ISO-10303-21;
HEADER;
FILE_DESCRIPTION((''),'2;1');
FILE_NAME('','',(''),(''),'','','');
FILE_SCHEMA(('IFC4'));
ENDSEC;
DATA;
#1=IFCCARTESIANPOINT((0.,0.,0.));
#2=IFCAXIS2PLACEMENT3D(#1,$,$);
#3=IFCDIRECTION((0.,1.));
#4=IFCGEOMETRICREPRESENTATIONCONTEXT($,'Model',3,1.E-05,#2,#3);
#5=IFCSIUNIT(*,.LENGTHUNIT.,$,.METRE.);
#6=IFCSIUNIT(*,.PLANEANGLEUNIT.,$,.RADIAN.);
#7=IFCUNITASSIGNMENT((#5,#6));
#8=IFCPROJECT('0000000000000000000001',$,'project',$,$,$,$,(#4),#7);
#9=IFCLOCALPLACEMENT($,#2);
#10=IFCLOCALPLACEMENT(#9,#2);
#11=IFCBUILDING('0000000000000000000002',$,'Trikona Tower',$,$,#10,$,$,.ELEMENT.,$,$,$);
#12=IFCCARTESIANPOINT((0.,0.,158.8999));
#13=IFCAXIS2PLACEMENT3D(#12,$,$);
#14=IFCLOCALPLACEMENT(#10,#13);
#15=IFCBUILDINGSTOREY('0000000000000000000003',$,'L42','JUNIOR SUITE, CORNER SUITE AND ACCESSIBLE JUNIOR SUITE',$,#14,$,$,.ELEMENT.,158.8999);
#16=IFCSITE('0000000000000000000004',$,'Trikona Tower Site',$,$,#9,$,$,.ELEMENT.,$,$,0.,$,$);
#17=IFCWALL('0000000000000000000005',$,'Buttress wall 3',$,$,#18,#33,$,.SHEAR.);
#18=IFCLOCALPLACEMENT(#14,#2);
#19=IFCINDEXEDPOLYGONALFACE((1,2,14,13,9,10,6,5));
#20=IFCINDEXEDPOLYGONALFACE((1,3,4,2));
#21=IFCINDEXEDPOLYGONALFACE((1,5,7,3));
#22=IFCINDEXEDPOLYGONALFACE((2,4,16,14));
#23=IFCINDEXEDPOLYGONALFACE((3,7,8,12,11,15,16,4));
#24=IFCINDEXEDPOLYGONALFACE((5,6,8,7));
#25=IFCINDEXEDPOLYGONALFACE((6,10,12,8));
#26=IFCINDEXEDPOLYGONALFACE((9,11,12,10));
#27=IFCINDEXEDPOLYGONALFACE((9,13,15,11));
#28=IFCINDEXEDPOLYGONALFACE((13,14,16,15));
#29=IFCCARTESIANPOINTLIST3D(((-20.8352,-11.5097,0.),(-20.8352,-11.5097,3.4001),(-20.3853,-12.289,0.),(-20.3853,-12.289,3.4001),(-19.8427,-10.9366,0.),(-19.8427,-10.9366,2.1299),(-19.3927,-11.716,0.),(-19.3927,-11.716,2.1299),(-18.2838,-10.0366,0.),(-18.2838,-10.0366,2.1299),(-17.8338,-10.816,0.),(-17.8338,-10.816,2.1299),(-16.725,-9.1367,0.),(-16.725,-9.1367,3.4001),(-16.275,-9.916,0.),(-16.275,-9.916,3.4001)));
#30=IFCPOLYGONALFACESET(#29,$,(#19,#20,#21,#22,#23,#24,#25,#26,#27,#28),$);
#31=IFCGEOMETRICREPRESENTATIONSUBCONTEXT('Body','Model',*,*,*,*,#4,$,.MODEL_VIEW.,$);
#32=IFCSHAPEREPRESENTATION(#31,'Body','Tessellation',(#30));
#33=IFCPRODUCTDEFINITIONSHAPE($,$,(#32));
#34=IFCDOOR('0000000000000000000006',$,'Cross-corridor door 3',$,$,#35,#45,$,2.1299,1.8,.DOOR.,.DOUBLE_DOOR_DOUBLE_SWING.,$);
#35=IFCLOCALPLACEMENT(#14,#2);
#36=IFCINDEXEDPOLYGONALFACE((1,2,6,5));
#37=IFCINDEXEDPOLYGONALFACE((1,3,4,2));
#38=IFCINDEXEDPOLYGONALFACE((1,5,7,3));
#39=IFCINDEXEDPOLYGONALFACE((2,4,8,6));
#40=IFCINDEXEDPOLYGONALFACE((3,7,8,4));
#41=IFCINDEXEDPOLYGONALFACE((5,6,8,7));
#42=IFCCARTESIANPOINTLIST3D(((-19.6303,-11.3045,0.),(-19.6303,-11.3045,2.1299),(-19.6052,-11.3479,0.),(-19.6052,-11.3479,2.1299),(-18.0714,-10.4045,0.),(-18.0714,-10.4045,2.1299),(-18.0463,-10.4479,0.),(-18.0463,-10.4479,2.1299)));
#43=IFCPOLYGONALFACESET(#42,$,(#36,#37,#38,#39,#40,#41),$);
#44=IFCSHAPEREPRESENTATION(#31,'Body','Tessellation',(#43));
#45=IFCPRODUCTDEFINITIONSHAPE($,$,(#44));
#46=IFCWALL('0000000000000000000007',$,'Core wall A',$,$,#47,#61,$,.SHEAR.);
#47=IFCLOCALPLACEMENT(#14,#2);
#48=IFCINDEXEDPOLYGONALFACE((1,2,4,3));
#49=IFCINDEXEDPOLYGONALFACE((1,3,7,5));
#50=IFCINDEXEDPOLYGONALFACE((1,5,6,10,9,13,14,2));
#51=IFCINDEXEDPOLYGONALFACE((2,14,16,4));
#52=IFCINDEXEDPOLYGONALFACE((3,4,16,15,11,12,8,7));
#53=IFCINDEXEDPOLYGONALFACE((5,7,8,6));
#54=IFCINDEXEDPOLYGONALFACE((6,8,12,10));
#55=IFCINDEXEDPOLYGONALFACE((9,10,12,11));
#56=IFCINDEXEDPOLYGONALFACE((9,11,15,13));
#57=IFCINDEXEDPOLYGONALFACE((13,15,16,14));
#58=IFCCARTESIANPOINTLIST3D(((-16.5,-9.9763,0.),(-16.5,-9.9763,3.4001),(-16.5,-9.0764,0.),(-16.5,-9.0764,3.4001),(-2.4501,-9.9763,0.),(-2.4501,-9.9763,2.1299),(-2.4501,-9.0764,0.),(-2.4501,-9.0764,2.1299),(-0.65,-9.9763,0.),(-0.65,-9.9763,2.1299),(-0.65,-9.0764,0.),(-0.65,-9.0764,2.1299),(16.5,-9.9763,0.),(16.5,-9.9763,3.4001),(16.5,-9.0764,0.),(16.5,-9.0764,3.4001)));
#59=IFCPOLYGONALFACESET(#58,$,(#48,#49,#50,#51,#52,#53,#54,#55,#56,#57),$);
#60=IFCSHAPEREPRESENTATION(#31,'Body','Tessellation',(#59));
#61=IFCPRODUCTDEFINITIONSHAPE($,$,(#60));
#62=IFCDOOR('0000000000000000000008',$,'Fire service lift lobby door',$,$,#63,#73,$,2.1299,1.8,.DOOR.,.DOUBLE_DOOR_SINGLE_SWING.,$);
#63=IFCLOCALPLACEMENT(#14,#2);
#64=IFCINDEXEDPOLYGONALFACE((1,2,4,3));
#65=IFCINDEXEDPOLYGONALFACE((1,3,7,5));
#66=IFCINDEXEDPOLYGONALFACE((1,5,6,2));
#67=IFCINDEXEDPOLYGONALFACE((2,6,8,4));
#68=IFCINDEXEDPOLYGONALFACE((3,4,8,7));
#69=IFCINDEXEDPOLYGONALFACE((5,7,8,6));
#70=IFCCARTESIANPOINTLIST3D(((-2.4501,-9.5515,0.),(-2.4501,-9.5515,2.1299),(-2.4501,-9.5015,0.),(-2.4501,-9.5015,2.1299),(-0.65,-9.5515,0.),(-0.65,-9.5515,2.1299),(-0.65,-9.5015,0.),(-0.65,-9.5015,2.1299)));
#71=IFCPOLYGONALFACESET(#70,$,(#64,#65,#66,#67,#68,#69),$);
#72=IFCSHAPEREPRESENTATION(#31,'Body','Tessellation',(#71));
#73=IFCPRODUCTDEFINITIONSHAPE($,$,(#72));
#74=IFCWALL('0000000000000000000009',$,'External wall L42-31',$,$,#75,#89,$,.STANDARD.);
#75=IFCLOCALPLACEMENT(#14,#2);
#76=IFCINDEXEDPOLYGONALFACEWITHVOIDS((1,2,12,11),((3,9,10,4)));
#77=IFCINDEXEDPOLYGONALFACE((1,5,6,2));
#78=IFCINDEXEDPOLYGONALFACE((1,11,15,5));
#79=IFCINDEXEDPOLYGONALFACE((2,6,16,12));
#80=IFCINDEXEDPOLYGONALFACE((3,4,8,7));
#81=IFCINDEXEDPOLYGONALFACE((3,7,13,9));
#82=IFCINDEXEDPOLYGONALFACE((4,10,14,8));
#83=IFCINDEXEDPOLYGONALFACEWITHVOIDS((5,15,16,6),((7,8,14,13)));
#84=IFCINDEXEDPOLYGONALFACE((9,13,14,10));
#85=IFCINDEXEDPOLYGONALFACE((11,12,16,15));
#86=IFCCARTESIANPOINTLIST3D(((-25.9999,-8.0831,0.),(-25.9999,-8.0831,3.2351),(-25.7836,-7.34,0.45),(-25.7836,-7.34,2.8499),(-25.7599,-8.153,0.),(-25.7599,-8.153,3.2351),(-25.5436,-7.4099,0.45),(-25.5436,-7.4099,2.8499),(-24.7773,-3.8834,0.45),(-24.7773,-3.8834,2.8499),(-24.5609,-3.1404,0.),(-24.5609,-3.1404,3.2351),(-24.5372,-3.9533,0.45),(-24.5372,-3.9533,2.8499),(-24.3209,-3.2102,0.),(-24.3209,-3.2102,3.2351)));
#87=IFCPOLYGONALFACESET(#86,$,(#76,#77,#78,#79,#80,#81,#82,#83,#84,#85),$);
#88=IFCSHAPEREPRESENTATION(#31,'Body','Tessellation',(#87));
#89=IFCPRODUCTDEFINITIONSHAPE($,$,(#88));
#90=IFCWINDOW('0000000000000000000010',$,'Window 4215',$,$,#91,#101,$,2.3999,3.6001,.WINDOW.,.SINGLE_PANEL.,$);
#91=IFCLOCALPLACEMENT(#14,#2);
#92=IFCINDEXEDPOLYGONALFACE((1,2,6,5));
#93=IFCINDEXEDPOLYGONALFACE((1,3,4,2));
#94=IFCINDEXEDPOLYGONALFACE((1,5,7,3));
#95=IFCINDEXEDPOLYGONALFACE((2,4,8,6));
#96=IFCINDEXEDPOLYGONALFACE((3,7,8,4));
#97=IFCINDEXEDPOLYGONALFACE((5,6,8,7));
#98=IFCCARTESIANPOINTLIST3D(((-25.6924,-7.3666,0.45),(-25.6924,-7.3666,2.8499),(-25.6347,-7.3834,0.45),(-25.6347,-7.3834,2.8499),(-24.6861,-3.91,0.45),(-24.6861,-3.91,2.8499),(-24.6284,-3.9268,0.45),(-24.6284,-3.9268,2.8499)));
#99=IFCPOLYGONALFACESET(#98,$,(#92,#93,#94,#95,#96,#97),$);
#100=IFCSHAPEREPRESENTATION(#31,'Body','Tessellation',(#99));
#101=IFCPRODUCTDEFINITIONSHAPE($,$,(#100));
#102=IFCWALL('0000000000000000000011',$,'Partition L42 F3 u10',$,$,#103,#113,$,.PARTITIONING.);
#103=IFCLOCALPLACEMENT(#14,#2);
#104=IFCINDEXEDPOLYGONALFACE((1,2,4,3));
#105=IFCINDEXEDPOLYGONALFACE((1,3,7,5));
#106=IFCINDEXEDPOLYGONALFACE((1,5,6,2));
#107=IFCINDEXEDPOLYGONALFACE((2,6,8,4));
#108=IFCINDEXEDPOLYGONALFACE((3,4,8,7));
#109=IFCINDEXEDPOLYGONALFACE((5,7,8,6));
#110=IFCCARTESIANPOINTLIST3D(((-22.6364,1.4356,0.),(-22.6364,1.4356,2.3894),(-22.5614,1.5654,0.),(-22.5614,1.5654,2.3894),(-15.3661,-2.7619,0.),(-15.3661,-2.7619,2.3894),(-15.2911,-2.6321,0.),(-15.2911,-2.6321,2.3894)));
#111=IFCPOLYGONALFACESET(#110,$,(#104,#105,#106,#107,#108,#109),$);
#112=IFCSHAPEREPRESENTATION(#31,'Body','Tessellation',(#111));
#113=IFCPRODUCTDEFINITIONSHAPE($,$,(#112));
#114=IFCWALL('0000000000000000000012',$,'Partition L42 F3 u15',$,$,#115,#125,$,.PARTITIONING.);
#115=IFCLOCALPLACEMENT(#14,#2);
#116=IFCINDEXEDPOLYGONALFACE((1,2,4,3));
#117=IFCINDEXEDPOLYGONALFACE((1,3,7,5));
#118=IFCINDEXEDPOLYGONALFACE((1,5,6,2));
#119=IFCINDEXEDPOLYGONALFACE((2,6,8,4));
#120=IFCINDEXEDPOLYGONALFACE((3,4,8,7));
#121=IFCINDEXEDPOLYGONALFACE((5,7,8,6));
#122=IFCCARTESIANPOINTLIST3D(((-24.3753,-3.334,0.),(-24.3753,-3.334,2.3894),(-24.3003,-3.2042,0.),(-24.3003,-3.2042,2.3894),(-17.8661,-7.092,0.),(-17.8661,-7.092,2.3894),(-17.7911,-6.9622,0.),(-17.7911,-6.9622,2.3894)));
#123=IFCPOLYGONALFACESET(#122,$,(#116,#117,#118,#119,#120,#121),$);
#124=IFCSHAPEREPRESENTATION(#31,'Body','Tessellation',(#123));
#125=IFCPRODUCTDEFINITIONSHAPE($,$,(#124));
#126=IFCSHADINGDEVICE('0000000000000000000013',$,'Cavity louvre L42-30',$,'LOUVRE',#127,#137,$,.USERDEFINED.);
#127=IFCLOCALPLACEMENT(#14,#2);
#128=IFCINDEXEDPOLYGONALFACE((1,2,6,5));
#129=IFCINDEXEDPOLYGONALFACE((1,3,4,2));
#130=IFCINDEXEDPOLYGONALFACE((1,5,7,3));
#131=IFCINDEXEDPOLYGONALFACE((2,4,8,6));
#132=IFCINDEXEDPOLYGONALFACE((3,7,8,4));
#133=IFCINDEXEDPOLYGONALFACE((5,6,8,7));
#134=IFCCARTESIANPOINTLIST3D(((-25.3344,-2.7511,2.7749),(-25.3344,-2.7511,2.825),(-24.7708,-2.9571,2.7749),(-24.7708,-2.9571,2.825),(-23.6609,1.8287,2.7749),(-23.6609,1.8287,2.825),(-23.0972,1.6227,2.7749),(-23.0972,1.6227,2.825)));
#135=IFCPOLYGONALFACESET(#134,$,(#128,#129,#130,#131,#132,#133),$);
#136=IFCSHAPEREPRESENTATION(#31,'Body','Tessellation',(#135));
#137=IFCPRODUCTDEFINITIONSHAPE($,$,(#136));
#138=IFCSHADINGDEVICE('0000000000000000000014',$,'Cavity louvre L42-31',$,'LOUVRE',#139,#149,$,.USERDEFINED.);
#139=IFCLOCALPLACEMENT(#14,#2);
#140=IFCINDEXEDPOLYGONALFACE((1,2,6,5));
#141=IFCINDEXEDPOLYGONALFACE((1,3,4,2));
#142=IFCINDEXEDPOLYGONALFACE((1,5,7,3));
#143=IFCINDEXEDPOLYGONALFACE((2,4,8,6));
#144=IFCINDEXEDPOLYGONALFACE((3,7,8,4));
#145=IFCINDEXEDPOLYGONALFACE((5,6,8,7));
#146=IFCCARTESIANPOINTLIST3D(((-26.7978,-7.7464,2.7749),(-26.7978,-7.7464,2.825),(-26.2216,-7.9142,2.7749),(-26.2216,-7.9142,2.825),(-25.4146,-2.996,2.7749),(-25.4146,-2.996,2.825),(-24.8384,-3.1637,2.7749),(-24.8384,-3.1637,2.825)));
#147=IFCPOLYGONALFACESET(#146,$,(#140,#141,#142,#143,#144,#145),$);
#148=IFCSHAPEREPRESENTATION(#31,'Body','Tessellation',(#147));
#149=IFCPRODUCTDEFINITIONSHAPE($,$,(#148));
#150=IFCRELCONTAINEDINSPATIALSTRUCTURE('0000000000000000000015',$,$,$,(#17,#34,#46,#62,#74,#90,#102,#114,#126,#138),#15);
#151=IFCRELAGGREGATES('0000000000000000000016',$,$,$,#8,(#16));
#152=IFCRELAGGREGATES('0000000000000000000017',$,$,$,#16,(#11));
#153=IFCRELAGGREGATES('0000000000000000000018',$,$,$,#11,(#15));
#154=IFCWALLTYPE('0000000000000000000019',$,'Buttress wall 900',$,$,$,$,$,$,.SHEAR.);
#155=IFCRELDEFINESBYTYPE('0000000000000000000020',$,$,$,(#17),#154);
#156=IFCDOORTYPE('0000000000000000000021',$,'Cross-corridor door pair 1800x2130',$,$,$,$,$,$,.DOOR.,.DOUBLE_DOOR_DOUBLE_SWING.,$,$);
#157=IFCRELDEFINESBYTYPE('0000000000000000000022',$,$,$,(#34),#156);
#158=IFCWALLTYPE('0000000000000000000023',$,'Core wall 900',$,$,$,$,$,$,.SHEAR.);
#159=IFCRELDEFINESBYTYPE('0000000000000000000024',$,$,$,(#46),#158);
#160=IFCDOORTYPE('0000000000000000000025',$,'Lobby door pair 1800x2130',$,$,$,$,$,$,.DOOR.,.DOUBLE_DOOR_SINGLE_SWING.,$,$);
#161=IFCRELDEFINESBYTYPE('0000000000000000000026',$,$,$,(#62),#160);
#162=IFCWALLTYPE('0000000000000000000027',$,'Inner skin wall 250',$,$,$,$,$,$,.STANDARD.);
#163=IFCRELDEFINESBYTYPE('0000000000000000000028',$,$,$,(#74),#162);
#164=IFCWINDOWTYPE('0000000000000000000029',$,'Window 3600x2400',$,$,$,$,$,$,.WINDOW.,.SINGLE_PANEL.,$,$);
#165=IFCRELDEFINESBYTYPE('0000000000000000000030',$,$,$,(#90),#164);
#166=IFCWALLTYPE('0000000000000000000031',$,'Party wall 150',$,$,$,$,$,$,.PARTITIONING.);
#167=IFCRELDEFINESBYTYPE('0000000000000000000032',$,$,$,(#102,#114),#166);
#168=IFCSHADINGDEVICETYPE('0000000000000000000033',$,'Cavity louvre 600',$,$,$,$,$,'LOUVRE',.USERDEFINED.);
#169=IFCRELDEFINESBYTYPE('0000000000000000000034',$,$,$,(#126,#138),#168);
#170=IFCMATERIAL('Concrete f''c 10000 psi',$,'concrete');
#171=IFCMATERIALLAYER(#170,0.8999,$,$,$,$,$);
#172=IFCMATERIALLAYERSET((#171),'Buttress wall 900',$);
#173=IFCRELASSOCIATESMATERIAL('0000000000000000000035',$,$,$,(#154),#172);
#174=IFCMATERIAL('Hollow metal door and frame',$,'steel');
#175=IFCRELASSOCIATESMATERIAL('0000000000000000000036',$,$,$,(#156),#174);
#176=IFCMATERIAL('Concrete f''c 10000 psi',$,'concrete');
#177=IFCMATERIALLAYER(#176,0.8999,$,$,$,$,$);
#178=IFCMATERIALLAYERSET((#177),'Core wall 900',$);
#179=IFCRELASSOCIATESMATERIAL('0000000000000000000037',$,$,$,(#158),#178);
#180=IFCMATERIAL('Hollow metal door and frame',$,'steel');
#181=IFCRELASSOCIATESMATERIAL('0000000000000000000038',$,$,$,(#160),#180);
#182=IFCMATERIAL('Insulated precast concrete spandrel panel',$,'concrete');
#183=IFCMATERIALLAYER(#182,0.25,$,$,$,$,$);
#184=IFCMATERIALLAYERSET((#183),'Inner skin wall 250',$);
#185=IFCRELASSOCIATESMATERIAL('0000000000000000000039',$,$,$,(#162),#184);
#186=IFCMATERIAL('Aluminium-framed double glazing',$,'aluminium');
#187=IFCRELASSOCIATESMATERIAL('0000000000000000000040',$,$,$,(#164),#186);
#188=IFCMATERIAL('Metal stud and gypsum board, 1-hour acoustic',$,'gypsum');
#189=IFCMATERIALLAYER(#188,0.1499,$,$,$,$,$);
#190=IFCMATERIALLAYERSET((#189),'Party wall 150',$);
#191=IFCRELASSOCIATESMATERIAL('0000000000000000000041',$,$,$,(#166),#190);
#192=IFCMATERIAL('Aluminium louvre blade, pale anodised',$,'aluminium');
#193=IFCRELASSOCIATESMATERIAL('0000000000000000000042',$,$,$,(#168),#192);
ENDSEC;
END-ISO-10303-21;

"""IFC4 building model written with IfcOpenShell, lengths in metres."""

from ifc_helpers import new_model, si_unit, direction, frame, frame_2d, origin, origin_2d, place, context, subcontext, project, spatial, rectangle, extrude, material, layer, layer_set, type_object, element, fill, save


model = new_model("IFC4")

# Units and contexts
model_context = context("Model", 3, precision=1e-05, world=origin(), true_north=direction((0.0, 1.0)))
body_context = subcontext(model_context, "Body", "Model", "MODEL_VIEW")
ifc_project = project(units=[si_unit("LENGTHUNIT", "METRE"), si_unit("PLANEANGLEUNIT", "RADIAN")], contexts=[model_context])

# Site, building, storey
site_placement = place(None, origin())
site = spatial("IfcSite", under=ifc_project, at=site_placement, Name="Trikona Tower Site", CompositionType="ELEMENT", RefElevation=0.0)
building_placement = place(site_placement, origin())
building = spatial("IfcBuilding", under=site, at=building_placement, Name="Trikona Tower", CompositionType="ELEMENT")
storey_placement = place(building_placement, frame((0.0, 0.0, 158.8999)))
storey = spatial("IfcBuildingStorey", under=building, at=storey_placement, Name="L42", Description="JUNIOR SUITE, CORNER SUITE AND ACCESSIBLE JUNIOR SUITE", CompositionType="ELEMENT", Elevation=158.8999)

# Walls, openings, doors
ifc_material_1 = material(Name="Concrete f'c 10000 psi", Category="concrete")
ifc_layer_1 = layer(ifc_material_1, 0.8999)
ifc_layer_set_1 = layer_set([ifc_layer_1], Name="Buttress wall 900")
wall_type_1 = type_object("IfcWallType", Name="Buttress wall 900", PredefinedType="SHEAR", material=ifc_layer_set_1)
wall_1_placement = place(storey_placement, frame((-16.5, -9.5264, 0.0), z_axis=(0.0, 0.0, 1.0), x_axis=(-0.866031, -0.49999, 0.0)))
wall_1 = element("IfcWall", 1, at=wall_1_placement, inside=storey, type_object=wall_type_1, Name="Buttress wall 3", PredefinedType="SHEAR", context=body_context, shape_type="SweptSolid", body=[
    extrude(rectangle(XDim=4.7461, YDim=0.8999, at=frame_2d((2.373, 0.0))), origin(), (0.0, 0.0, 1.0), 3.4001),
])
opening_1_placement = place(wall_1_placement, frame((1.8, 0.0, 0.0)))
opening_1 = element("IfcOpeningElement", 2, at=opening_1_placement, cuts=wall_1, PredefinedType="OPENING", context=body_context, shape_type="SweptSolid", body=[
    extrude(rectangle(XDim=1.8, YDim=2.1299, at=frame_2d((0.8999, 1.0649))), frame((0.0, 0.46, 0.0), z_axis=(0.0, -1.0, 0.0), x_axis=(1.0, 0.0, 0.0)), (0.0, 0.0, 1.0), 0.9199),
])
ifc_material_2 = material(Name="Hollow metal door and frame", Category="steel")
door_type_1 = type_object("IfcDoorType", Name="Cross-corridor door pair 1800x2130", OperationType="DOUBLE_DOOR_DOUBLE_SWING", PredefinedType="DOOR", material=ifc_material_2)
door_1_placement = place(opening_1_placement, origin())
door_1 = element("IfcDoor", 3, at=door_1_placement, inside=storey, type_object=door_type_1, Name="Cross-corridor door 3", OperationType="DOUBLE_DOOR_DOUBLE_SWING", OverallHeight=2.1299, OverallWidth=1.8, PredefinedType="DOOR", context=body_context, shape_type="SweptSolid", body=[
    extrude(rectangle(XDim=1.8, YDim=2.1299, at=frame_2d((0.8999, 1.0649))), frame((0.0, 0.0249, 0.0), z_axis=(0.0, -1.0, 0.0), x_axis=(1.0, 0.0, 0.0)), (0.0, 0.0, 1.0), 0.05),
])
fill(opening_1, door_1)
ifc_material_3 = material(Name="Concrete f'c 10000 psi", Category="concrete")
ifc_layer_2 = layer(ifc_material_3, 0.8999)
ifc_layer_set_2 = layer_set([ifc_layer_2], Name="Core wall 900")
wall_type_2 = type_object("IfcWallType", Name="Core wall 900", PredefinedType="SHEAR", material=ifc_layer_set_2)
wall_2_placement = place(storey_placement, frame((-16.5, -9.5264, 0.0), z_axis=(0.0, 0.0, 1.0), x_axis=(1.0, 0.0, 0.0)))
wall_2 = element("IfcWall", 4, at=wall_2_placement, inside=storey, type_object=wall_type_2, Name="Core wall A", PredefinedType="SHEAR", context=body_context, shape_type="SweptSolid", body=[
    extrude(rectangle(XDim=33.0, YDim=0.8999, at=frame_2d((16.5, 0.0))), origin(), (0.0, 0.0, 1.0), 3.4001),
])
opening_2_placement = place(wall_2_placement, frame((14.05, 0.0, 0.0)))
opening_2 = element("IfcOpeningElement", 5, at=opening_2_placement, cuts=wall_2, PredefinedType="OPENING", context=body_context, shape_type="SweptSolid", body=[
    extrude(rectangle(XDim=1.8, YDim=2.1299, at=frame_2d((0.8999, 1.0649))), frame((0.0, 0.46, 0.0), z_axis=(0.0, -1.0, 0.0), x_axis=(1.0, 0.0, 0.0)), (0.0, 0.0, 1.0), 0.9199),
])
ifc_material_4 = material(Name="Hollow metal door and frame", Category="steel")
door_type_2 = type_object("IfcDoorType", Name="Lobby door pair 1800x2130", OperationType="DOUBLE_DOOR_SINGLE_SWING", PredefinedType="DOOR", material=ifc_material_4)
door_2_placement = place(opening_2_placement, origin())
door_2 = element("IfcDoor", 6, at=door_2_placement, inside=storey, type_object=door_type_2, Name="Fire service lift lobby door", OperationType="DOUBLE_DOOR_SINGLE_SWING", OverallHeight=2.1299, OverallWidth=1.8, PredefinedType="DOOR", context=body_context, shape_type="SweptSolid", body=[
    extrude(rectangle(XDim=1.8, YDim=2.1299, at=frame_2d((0.8999, 1.0649))), frame((0.0, 0.0249, 0.0), z_axis=(0.0, -1.0, 0.0), x_axis=(1.0, 0.0, 0.0)), (0.0, 0.0, 1.0), 0.05),
])
fill(opening_2, door_2)

# Wall, opening, window
ifc_material_5 = material(Name="Insulated precast concrete spandrel panel", Category="concrete")
ifc_layer_3 = layer(ifc_material_5, 0.25)
ifc_layer_set_3 = layer_set([ifc_layer_3], Name="Inner skin wall 250")
wall_type_3 = type_object("IfcWallType", Name="Inner skin wall 250", PredefinedType="STANDARD", material=ifc_layer_set_3)
wall_3_placement = place(storey_placement, frame((-24.4409, -3.1753, 0.0), z_axis=(0.0, 0.0, 1.0), x_axis=(-0.279528, -0.960137, 0.0)))
wall_3 = element("IfcWall", 7, at=wall_3_placement, inside=storey, type_object=wall_type_3, Name="External wall L42-31", PredefinedType="STANDARD", context=body_context, shape_type="SweptSolid", body=[
    extrude(rectangle(XDim=5.1479, YDim=0.25, at=frame_2d((2.574, 0.0))), origin(), (0.0, 0.0, 1.0), 3.2351),
])
opening_3_placement = place(wall_3_placement, frame((0.7739, 0.0, 0.45)))
opening_3 = element("IfcOpeningElement", 8, at=opening_3_placement, cuts=wall_3, PredefinedType="OPENING", context=body_context, shape_type="SweptSolid", body=[
    extrude(rectangle(XDim=3.6001, YDim=2.3999, at=frame_2d((1.8, 1.2))), frame((0.0, 0.135, 0.0), z_axis=(0.0, -1.0, 0.0), x_axis=(1.0, 0.0, 0.0)), (0.0, 0.0, 1.0), 0.27),
])
ifc_material_6 = material(Name="Aluminium-framed double glazing", Category="aluminium")
window_type_1 = type_object("IfcWindowType", Name="Window 3600x2400", PartitioningType="SINGLE_PANEL", PredefinedType="WINDOW", material=ifc_material_6)
window_1_placement = place(opening_3_placement, origin())
window_1 = element("IfcWindow", 9, at=window_1_placement, inside=storey, type_object=window_type_1, Name="Window 4215", OverallHeight=2.3999, OverallWidth=3.6001, PartitioningType="SINGLE_PANEL", PredefinedType="WINDOW", context=body_context, shape_type="SweptSolid", body=[
    extrude(rectangle(XDim=3.6001, YDim=2.3999, at=frame_2d((1.8, 1.2))), frame((0.0, 0.03, 0.0), z_axis=(0.0, -1.0, 0.0), x_axis=(1.0, 0.0, 0.0)), (0.0, 0.0, 1.0), 0.0601),
])
fill(opening_3, window_1)

# Walls
ifc_material_7 = material(Name="Metal stud and gypsum board, 1-hour acoustic", Category="gypsum")
ifc_layer_4 = layer(ifc_material_7, 0.1499)
ifc_layer_set_4 = layer_set([ifc_layer_4], Name="Party wall 150")
wall_type_4 = type_object("IfcWallType", Name="Party wall 150", PredefinedType="PARTITIONING", material=ifc_layer_set_4)
wall_4_placement = place(storey_placement, frame((-15.3286, -2.697, 0.0), z_axis=(0.0, 0.0, 1.0), x_axis=(-0.866024, 0.500002, 0.0)))
element("IfcWall", 10, at=wall_4_placement, inside=storey, type_object=wall_type_4, Name="Partition L42 F3 u10", PredefinedType="PARTITIONING", context=body_context, shape_type="SweptSolid", body=[
    extrude(rectangle(XDim=8.395, YDim=0.1499, at=frame_2d((4.1975, 0.0))), origin(), (0.0, 0.0, 1.0), 2.3894),
])
wall_5_placement = place(storey_placement, frame((-17.8286, -7.0271, 0.0), z_axis=(0.0, 0.0, 1.0), x_axis=(-0.86603, 0.499992, 0.0)))
element("IfcWall", 11, at=wall_5_placement, inside=storey, type_object=wall_type_4, Name="Partition L42 F3 u15", PredefinedType="PARTITIONING", context=body_context, shape_type="SweptSolid", body=[
    extrude(rectangle(XDim=7.5161, YDim=0.1499, at=frame_2d((3.7581, 0.0))), origin(), (0.0, 0.0, 1.0), 2.3894),
])

# Shading devices
ifc_material_8 = material(Name="Aluminium louvre blade, pale anodised", Category="aluminium")
shading_device_type = type_object("IfcShadingDeviceType", Name="Cavity louvre 600", ElementType="LOUVRE", PredefinedType="USERDEFINED", material=ifc_material_8)
shading_device_1_placement = place(storey_placement, frame((-24.2158, -0.5642, 2.7749), z_axis=(0.0, 0.0, 1.0), x_axis=(-0.34322, -0.939255, 0.0)))
element("IfcShadingDevice", 12, at=shading_device_1_placement, inside=storey, type_object=shading_device_type, Name="Cavity louvre L42-30", ObjectType="LOUVRE", PredefinedType="USERDEFINED", context=body_context, shape_type="SweptSolid", body=[
    extrude(rectangle(XDim=4.876, YDim=0.6001, at=origin_2d()), origin(), (0.0, 0.0, 1.0), 0.05),
])
shading_device_2_placement = place(storey_placement, frame((-25.8181, -5.4551, 2.7749), z_axis=(0.0, 0.0, 1.0), x_axis=(-0.279554, -0.96013, 0.0)))
element("IfcShadingDevice", 13, at=shading_device_2_placement, inside=storey, type_object=shading_device_type, Name="Cavity louvre L42-31", ObjectType="LOUVRE", PredefinedType="USERDEFINED", context=body_context, shape_type="SweptSolid", body=[
    extrude(rectangle(XDim=4.9478, YDim=0.6001, at=origin_2d()), origin(), (0.0, 0.0, 1.0), 0.05),
])

save(model, "model.ifc")
